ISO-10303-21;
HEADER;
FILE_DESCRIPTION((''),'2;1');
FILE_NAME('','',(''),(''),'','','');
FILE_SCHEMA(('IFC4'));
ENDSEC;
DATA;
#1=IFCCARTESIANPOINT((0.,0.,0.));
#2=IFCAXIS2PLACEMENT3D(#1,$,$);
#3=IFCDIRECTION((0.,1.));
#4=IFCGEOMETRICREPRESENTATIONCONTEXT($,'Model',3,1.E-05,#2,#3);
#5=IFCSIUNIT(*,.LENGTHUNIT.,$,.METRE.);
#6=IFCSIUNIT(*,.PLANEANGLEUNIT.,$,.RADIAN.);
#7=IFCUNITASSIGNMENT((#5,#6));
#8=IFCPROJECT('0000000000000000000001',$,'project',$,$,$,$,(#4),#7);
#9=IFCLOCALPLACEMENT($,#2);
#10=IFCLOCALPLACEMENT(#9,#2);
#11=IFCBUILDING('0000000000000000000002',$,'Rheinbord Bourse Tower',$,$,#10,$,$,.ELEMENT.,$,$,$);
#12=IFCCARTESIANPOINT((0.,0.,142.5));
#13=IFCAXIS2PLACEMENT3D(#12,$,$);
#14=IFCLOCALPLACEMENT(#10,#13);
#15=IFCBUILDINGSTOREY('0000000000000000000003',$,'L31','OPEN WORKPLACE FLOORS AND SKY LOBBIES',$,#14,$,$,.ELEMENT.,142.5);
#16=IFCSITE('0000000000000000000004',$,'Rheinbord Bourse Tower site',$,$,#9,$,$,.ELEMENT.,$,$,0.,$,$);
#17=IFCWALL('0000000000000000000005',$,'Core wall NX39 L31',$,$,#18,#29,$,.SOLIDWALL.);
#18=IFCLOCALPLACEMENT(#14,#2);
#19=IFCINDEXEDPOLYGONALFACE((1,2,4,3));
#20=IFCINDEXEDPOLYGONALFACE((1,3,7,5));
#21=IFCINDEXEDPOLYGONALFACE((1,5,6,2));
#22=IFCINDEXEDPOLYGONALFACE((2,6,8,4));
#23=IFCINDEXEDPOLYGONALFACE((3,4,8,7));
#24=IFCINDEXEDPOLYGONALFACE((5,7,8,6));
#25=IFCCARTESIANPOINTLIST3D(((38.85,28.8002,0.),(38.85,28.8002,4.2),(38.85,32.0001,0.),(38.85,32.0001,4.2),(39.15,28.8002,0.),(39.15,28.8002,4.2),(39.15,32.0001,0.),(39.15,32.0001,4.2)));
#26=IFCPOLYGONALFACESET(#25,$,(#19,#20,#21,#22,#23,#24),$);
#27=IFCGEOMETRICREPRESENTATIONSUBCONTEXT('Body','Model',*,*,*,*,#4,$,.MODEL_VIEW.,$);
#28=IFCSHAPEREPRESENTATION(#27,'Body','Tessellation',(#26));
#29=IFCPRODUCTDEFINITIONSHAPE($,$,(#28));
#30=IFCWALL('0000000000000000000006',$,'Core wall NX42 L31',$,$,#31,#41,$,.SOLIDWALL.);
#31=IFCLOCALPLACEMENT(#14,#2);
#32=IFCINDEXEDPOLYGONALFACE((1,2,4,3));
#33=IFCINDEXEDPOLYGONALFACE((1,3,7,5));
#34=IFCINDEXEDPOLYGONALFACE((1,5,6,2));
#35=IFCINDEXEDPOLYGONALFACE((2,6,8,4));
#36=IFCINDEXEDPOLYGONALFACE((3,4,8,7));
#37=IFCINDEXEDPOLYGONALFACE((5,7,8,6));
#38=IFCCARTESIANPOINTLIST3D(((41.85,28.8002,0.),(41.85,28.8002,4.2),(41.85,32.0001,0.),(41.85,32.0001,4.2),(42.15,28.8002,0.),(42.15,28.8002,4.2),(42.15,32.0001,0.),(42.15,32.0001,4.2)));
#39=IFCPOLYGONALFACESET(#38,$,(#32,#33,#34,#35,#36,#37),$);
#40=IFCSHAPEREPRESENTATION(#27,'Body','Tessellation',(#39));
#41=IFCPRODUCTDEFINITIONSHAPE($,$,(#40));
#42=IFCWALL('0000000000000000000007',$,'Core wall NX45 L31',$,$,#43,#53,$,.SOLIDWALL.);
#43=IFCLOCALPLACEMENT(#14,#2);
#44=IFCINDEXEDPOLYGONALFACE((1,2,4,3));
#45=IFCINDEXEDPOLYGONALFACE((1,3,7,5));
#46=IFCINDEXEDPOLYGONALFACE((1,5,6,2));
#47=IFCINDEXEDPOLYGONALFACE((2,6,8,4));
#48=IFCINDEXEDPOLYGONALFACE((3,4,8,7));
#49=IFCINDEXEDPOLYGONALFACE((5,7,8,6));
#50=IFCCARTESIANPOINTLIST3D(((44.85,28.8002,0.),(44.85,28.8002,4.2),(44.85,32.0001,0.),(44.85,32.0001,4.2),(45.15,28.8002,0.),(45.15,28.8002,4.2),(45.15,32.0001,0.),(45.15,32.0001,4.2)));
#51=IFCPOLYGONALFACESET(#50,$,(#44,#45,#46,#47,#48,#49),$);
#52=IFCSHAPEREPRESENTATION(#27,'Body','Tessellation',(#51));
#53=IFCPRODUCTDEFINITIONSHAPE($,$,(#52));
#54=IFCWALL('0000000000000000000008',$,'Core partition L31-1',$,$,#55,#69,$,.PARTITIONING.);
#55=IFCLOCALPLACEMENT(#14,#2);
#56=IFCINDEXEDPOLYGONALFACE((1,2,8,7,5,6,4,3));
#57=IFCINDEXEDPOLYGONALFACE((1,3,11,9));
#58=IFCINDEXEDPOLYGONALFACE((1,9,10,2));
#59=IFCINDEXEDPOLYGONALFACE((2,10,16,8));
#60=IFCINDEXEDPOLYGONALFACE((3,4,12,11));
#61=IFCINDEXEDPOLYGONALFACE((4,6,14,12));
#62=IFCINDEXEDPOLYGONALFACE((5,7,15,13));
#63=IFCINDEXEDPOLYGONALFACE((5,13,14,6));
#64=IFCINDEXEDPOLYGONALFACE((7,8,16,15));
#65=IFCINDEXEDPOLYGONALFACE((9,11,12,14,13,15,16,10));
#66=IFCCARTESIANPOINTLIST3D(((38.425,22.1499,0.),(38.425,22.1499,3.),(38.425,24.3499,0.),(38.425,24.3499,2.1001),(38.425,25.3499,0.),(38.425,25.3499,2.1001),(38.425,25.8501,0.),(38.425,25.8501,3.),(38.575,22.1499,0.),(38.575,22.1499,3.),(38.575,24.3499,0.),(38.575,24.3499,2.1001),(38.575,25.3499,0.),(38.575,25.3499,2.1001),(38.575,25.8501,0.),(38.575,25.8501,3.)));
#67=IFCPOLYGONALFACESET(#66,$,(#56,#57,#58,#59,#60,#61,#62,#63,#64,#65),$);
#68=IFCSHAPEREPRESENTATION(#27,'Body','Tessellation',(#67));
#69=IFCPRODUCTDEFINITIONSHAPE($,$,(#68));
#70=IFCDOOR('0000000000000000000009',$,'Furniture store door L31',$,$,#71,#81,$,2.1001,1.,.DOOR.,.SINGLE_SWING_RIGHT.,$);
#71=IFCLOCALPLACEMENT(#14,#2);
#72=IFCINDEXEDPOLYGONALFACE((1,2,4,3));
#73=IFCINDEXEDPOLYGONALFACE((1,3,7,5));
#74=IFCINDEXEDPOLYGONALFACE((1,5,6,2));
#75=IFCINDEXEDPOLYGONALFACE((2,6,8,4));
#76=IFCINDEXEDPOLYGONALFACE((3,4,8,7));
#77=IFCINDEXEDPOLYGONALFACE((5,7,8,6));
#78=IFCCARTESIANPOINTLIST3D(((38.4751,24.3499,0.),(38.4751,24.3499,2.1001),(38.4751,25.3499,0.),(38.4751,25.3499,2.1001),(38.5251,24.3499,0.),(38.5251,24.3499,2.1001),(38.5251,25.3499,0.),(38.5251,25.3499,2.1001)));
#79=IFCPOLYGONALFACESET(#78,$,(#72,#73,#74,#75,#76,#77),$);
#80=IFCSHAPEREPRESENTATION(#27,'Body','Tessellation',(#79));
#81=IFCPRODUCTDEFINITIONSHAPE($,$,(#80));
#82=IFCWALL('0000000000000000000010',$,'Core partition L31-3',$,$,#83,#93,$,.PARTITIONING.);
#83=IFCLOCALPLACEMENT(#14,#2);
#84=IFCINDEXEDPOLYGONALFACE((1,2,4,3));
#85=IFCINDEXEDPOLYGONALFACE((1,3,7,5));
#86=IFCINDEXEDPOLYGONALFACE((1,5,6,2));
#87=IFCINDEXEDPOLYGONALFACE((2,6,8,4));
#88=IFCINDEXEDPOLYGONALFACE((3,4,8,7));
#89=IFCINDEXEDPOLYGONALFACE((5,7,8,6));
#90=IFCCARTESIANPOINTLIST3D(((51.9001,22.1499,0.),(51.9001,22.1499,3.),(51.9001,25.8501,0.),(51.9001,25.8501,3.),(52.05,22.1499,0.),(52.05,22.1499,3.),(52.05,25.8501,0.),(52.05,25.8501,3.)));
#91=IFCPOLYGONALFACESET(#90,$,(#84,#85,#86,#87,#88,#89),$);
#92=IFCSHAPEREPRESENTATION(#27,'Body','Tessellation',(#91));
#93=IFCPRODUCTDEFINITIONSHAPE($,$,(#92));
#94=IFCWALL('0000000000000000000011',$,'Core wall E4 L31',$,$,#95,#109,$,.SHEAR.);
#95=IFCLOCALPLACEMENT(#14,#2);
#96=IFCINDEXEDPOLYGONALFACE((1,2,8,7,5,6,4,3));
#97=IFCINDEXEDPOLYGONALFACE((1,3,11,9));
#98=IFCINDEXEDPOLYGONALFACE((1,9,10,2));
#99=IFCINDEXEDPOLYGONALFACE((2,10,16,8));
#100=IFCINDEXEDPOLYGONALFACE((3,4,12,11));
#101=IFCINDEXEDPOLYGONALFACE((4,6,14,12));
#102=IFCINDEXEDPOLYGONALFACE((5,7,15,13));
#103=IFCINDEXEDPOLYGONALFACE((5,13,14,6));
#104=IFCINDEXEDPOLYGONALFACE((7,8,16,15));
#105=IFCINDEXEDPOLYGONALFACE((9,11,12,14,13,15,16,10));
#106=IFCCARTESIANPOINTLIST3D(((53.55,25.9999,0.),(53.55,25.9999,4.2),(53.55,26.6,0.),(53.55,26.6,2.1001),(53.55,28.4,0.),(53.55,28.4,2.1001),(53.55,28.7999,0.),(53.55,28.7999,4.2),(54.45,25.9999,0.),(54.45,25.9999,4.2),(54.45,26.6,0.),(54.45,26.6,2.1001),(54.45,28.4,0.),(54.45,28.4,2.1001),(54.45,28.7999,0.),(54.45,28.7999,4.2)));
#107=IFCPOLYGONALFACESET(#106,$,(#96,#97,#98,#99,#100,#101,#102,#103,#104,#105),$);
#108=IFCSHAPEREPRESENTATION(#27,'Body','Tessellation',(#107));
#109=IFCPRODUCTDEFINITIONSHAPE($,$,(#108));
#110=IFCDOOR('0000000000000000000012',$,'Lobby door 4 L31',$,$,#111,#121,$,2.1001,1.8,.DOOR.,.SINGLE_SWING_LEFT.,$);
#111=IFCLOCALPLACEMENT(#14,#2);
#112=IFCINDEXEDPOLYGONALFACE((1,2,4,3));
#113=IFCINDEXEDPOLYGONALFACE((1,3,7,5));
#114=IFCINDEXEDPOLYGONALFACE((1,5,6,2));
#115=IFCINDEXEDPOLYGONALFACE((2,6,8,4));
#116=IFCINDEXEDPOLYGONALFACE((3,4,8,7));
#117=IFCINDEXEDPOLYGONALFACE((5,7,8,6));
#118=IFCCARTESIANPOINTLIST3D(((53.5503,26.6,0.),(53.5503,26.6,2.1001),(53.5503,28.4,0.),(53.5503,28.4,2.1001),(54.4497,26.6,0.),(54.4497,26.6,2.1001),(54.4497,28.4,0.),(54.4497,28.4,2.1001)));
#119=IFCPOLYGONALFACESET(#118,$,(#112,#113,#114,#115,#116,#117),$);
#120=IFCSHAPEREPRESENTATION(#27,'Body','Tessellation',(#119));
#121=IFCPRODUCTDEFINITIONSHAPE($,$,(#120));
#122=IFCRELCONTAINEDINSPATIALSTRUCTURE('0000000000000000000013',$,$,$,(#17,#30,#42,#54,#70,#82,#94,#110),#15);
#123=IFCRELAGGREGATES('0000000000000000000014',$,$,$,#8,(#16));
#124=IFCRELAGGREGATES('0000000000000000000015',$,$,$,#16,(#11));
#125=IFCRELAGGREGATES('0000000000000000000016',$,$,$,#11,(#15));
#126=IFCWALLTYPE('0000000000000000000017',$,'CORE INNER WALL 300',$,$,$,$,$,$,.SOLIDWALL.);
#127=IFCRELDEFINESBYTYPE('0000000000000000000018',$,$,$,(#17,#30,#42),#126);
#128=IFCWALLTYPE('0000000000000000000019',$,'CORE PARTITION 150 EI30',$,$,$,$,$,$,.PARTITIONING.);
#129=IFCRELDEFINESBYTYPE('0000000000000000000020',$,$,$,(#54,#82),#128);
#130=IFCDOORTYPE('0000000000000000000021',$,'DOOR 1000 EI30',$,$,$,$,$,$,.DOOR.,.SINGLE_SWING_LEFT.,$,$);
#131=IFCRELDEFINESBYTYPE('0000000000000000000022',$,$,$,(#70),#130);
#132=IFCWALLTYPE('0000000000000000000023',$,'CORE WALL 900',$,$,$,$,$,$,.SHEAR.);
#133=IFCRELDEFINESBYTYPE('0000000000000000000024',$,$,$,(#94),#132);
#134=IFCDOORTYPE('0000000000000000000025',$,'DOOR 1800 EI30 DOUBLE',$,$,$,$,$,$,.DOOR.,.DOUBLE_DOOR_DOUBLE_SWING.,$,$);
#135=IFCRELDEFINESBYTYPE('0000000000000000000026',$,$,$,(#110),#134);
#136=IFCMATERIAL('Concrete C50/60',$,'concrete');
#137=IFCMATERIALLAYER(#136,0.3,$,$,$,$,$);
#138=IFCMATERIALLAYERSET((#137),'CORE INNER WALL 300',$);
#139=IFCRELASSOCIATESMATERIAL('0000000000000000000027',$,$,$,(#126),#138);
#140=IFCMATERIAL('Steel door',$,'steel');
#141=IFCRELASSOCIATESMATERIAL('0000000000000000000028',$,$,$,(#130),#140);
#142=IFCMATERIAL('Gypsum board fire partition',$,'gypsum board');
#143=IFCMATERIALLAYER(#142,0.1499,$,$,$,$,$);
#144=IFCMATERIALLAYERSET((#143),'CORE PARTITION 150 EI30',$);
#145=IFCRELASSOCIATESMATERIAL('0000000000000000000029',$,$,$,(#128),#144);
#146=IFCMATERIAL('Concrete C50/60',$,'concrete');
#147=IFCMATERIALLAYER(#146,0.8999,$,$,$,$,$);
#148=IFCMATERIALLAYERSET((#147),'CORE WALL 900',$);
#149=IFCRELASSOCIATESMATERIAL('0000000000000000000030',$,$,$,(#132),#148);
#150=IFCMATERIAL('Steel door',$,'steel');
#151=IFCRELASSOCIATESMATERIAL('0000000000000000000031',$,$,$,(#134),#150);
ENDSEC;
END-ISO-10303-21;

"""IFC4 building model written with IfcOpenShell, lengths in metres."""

from ifc_helpers import new_model, si_unit, direction, frame, frame_2d, origin, place, context, subcontext, project, spatial, rectangle, extrude, material, layer, layer_set, type_object, element, fill, save


model = new_model("IFC4")

# Units and contexts
model_context = context("Model", 3, precision=1e-05, world=origin(), true_north=direction((0.0, 1.0)))
body_context = subcontext(model_context, "Body", "Model", "MODEL_VIEW")
ifc_project = project(units=[si_unit("LENGTHUNIT", "METRE"), si_unit("PLANEANGLEUNIT", "RADIAN")], contexts=[model_context])

# Site, building, storey
site_placement = place(None, origin())
site = spatial("IfcSite", under=ifc_project, at=site_placement, Name="Rheinbord Bourse Tower site", CompositionType="ELEMENT", RefElevation=0.0)
building_placement = place(site_placement, origin())
building = spatial("IfcBuilding", under=site, at=building_placement, Name="Rheinbord Bourse Tower", CompositionType="ELEMENT")
storey_placement = place(building_placement, frame((0.0, 0.0, 142.5)))
storey = spatial("IfcBuildingStorey", under=building, at=storey_placement, Name="L31", Description="OPEN WORKPLACE FLOORS AND SKY LOBBIES", CompositionType="ELEMENT", Elevation=142.5)

# Shared definitions
ifc_material_1 = material(Name="Concrete C50/60", Category="concrete")
ifc_layer_1 = layer(ifc_material_1, 0.3)
ifc_layer_set_1 = layer_set([ifc_layer_1], Name="CORE INNER WALL 300")
wall_type_1 = type_object("IfcWallType", Name="CORE INNER WALL 300", PredefinedType="SOLIDWALL", material=ifc_layer_set_1)

# Shared definitions
ifc_material_2 = material(Name="Steel door", Category="steel")
door_type_1 = type_object("IfcDoorType", Name="DOOR 1000 EI30", OperationType="SINGLE_SWING_LEFT", PredefinedType="DOOR", material=ifc_material_2)

# Walls
for number, where, z_axis, x_axis, name in (
    (1, (39.0, 28.8, 0.0), (0.0, 0.0, 1.0), (0.0, 1.0, 0.0), "Core wall NX39 L31"),
    (2, (42.0, 28.8, 0.0), (0.0, 0.0, 1.0), (0.0, 1.0, 0.0), "Core wall NX42 L31"),
    (3, (45.0, 28.8, 0.0), (0.0, 0.0, 1.0), (0.0, 1.0, 0.0), "Core wall NX45 L31"),
):
    element("IfcWall", number, at=place(storey_placement, frame(where, z_axis=z_axis, x_axis=x_axis)), inside=storey, type_object=wall_type_1, Name=name, PredefinedType="SOLIDWALL", context=body_context, shape_type="SweptSolid", body=[
        extrude(rectangle(XDim=3.2, YDim=0.3, at=frame_2d((1.6001, 0.0))), origin(), (0.0, 0.0, 1.0), 4.2),
    ])

# Wall, opening, door
ifc_material_3 = material(Name="Gypsum board fire partition", Category="gypsum board")
ifc_layer_2 = layer(ifc_material_3, 0.1499)
ifc_layer_set_2 = layer_set([ifc_layer_2], Name="CORE PARTITION 150 EI30")
wall_type_2 = type_object("IfcWallType", Name="CORE PARTITION 150 EI30", PredefinedType="PARTITIONING", material=ifc_layer_set_2)
wall_1_placement = place(storey_placement, frame((38.5, 22.1499, 0.0), z_axis=(0.0, 0.0, 1.0), x_axis=(0.0, 1.0, 0.0)))
wall_1 = element("IfcWall", 4, at=wall_1_placement, inside=storey, type_object=wall_type_2, Name="Core partition L31-1", PredefinedType="PARTITIONING", context=body_context, shape_type="SweptSolid", body=[
    extrude(rectangle(XDim=3.7002, YDim=0.1499, at=frame_2d((1.8501, 0.0))), origin(), (0.0, 0.0, 1.0), 3.0),
])
opening_1_placement = place(wall_1_placement, frame((2.2, 0.0, 0.0)))
opening_1 = element("IfcOpeningElement", 5, at=opening_1_placement, cuts=wall_1, PredefinedType="OPENING", context=body_context, shape_type="SweptSolid", body=[
    extrude(rectangle(XDim=1.0, YDim=2.1001, at=frame_2d((0.5, 1.05))), frame((0.0, 0.085, 0.0), z_axis=(0.0, -1.0, 0.0), x_axis=(1.0, 0.0, 0.0)), (0.0, 0.0, 1.0), 0.1699),
])
door_1_placement = place(opening_1_placement, origin())
door_1 = element("IfcDoor", 6, at=door_1_placement, inside=storey, type_object=door_type_1, Name="Furniture store door L31", OperationType="SINGLE_SWING_RIGHT", OverallHeight=2.1001, OverallWidth=1.0, PredefinedType="DOOR", context=body_context, shape_type="SweptSolid", body=[
    extrude(rectangle(XDim=1.0, YDim=2.1001, at=frame_2d((0.5, 1.05))), frame((0.0, 0.0249, 0.0), z_axis=(0.0, -1.0, 0.0), x_axis=(1.0, 0.0, 0.0)), (0.0, 0.0, 1.0), 0.05),
])
fill(opening_1, door_1)

# Wall
wall_2_placement = place(storey_placement, frame((51.9751, 22.1499, 0.0), z_axis=(0.0, 0.0, 1.0), x_axis=(0.0, 1.0, 0.0)))
element("IfcWall", 7, at=wall_2_placement, inside=storey, type_object=wall_type_2, Name="Core partition L31-3", PredefinedType="PARTITIONING", context=body_context, shape_type="SweptSolid", body=[
    extrude(rectangle(XDim=3.7002, YDim=0.1499, at=frame_2d((1.8501, 0.0))), origin(), (0.0, 0.0, 1.0), 3.0),
])

# Wall, opening, door
ifc_material_4 = material(Name="Concrete C50/60", Category="concrete")
ifc_layer_3 = layer(ifc_material_4, 0.8999)
ifc_layer_set_3 = layer_set([ifc_layer_3], Name="CORE WALL 900")
wall_type_3 = type_object("IfcWallType", Name="CORE WALL 900", PredefinedType="SHEAR", material=ifc_layer_set_3)
wall_3_placement = place(storey_placement, frame((54.0, 26.0, 0.0), z_axis=(0.0, 0.0, 1.0), x_axis=(0.0, 1.0, 0.0)))
wall_3 = element("IfcWall", 8, at=wall_3_placement, inside=storey, type_object=wall_type_3, Name="Core wall E4 L31", PredefinedType="SHEAR", context=body_context, shape_type="SweptSolid", body=[
    extrude(rectangle(XDim=2.8, YDim=0.8999, at=frame_2d((1.3999, 0.0))), origin(), (0.0, 0.0, 1.0), 4.2),
])
opening_2_placement = place(wall_3_placement, frame((0.6001, 0.0, 0.0)))
opening_2 = element("IfcOpeningElement", 9, at=opening_2_placement, cuts=wall_3, PredefinedType="OPENING", context=body_context, shape_type="SweptSolid", body=[
    extrude(rectangle(XDim=1.8, YDim=2.1001, at=frame_2d((0.8999, 1.05))), frame((0.0, 0.46, 0.0), z_axis=(0.0, -1.0, 0.0), x_axis=(1.0, 0.0, 0.0)), (0.0, 0.0, 1.0), 0.9199),
])
ifc_material_5 = material(Name="Steel door", Category="steel")
door_type_2 = type_object("IfcDoorType", Name="DOOR 1800 EI30 DOUBLE", OperationType="DOUBLE_DOOR_DOUBLE_SWING", PredefinedType="DOOR", material=ifc_material_5)
door_2_placement = place(opening_2_placement, origin())
door_2 = element("IfcDoor", 10, at=door_2_placement, inside=storey, type_object=door_type_2, Name="Lobby door 4 L31", OperationType="SINGLE_SWING_LEFT", OverallHeight=2.1001, OverallWidth=1.8, PredefinedType="DOOR", context=body_context, shape_type="SweptSolid", body=[
    extrude(rectangle(XDim=1.8, YDim=2.1001, at=frame_2d((0.8999, 1.05))), frame((0.0, 0.4497, 0.0), z_axis=(0.0, -1.0, 0.0), x_axis=(1.0, 0.0, 0.0)), (0.0, 0.0, 1.0), 0.8994),
])
fill(opening_2, door_2)

save(model, "model.ifc")
